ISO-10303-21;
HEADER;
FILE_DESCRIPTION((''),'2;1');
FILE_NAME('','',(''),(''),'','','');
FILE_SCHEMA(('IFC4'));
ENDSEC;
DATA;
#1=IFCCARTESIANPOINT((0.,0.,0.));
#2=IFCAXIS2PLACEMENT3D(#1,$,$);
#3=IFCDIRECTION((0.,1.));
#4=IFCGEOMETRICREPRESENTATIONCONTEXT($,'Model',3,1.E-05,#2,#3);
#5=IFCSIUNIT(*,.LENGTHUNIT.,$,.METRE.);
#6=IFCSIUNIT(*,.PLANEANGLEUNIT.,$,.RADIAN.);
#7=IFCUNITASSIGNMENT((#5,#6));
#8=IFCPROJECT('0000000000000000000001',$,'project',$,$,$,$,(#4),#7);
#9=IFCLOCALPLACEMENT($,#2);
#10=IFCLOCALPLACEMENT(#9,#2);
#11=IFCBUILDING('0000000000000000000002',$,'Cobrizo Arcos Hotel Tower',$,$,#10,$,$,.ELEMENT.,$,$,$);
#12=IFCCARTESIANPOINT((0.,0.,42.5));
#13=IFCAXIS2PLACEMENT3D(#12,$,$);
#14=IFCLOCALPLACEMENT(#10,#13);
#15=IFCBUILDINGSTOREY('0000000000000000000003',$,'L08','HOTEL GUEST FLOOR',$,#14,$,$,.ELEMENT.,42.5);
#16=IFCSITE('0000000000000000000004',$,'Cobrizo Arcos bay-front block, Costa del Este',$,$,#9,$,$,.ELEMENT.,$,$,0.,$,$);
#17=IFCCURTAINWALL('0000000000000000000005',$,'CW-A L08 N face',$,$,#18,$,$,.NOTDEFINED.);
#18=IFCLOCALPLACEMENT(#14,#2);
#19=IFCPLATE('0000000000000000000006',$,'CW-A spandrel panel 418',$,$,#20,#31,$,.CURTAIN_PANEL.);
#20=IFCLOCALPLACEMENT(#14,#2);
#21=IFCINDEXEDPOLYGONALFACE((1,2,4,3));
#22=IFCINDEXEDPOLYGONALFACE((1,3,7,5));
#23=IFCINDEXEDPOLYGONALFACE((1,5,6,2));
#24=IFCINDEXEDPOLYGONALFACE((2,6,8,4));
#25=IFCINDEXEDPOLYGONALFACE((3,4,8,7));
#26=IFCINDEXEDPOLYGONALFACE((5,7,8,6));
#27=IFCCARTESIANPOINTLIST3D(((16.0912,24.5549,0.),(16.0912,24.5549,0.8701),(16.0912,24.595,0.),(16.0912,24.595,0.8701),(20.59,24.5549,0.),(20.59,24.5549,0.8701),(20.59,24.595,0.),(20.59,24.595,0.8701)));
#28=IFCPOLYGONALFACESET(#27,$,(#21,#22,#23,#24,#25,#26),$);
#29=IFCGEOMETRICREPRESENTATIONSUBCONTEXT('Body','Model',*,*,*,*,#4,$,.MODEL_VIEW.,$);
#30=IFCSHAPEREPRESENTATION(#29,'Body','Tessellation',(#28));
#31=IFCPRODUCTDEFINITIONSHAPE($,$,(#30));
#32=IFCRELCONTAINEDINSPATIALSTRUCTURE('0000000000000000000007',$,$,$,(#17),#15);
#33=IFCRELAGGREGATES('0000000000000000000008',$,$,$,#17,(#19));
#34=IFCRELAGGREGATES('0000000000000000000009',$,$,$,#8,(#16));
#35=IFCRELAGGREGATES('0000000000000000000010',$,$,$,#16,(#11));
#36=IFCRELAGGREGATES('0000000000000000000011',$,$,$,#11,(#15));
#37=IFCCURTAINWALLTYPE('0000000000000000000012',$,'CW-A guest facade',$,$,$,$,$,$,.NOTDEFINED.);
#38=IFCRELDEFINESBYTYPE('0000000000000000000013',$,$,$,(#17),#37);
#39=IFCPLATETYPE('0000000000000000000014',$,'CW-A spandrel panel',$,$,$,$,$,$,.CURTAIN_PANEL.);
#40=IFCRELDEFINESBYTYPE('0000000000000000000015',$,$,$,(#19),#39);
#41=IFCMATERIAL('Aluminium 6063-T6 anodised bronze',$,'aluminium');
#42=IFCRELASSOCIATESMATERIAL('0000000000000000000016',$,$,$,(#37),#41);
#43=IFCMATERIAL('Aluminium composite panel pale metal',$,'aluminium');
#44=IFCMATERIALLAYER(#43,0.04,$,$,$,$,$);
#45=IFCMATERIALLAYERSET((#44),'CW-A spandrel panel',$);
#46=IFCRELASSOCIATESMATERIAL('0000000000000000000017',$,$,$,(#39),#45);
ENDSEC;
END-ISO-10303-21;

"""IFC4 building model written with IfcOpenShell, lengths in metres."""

from ifc_helpers import new_model, si_unit, direction, frame, origin, origin_2d, place, context, subcontext, project, spatial, rectangle, extrude, material, layer, layer_set, type_object, element, aggregate, save


model = new_model("IFC4")

# Units and contexts
model_context = context("Model", 3, precision=1e-05, world=origin(), true_north=direction((0.0, 1.0)))
body_context = subcontext(model_context, "Body", "Model", "MODEL_VIEW")
ifc_project = project(units=[si_unit("LENGTHUNIT", "METRE"), si_unit("PLANEANGLEUNIT", "RADIAN")], contexts=[model_context])

# Site, building, storey
site_placement = place(None, origin())
site = spatial("IfcSite", under=ifc_project, at=site_placement, Name="Cobrizo Arcos bay-front block, Costa del Este", CompositionType="ELEMENT", RefElevation=0.0)
building_placement = place(site_placement, origin())
building = spatial("IfcBuilding", under=site, at=building_placement, Name="Cobrizo Arcos Hotel Tower", CompositionType="ELEMENT")
storey_placement = place(building_placement, frame((0.0, 0.0, 42.5)))
storey = spatial("IfcBuildingStorey", under=building, at=storey_placement, Name="L08", Description="HOTEL GUEST FLOOR", CompositionType="ELEMENT", Elevation=42.5)

# Shared definitions
ifc_material_1 = material(Name="Aluminium 6063-T6 anodised bronze", Category="aluminium")
curtain_wall_type = type_object("IfcCurtainWallType", Name="CW-A guest facade", PredefinedType="NOTDEFINED", material=ifc_material_1)

# Curtain wall
curtain_wall_1_placement = place(storey_placement, origin())
curtain_wall_1 = element("IfcCurtainWall", 1, at=curtain_wall_1_placement, inside=storey, type_object=curtain_wall_type, Name="CW-A L08 N face", PredefinedType="NOTDEFINED")

# Plate
ifc_material_2 = material(Name="Aluminium composite panel pale metal", Category="aluminium")
ifc_layer_1 = layer(ifc_material_2, 0.04)
ifc_layer_set_1 = layer_set([ifc_layer_1], Name="CW-A spandrel panel")
plate_type_1 = type_object("IfcPlateType", Name="CW-A spandrel panel", PredefinedType="CURTAIN_PANEL", material=ifc_layer_set_1)
plate_1_placement = place(storey_placement, frame((18.3406, 24.575, 0.0), z_axis=(0.0, 0.0, 1.0), x_axis=(-1.0, 0.0, 0.0)))
plate_1 = element("IfcPlate", 2, at=plate_1_placement, type_object=plate_type_1, Name="CW-A spandrel panel 418", PredefinedType="CURTAIN_PANEL", context=body_context, shape_type="SweptSolid", body=[
    extrude(rectangle(XDim=4.4988, YDim=0.04, at=origin_2d()), origin(), (0.0, 0.0, 1.0), 0.8701),
])
aggregate(curtain_wall_1, [plate_1])

save(model, "model.ifc")
